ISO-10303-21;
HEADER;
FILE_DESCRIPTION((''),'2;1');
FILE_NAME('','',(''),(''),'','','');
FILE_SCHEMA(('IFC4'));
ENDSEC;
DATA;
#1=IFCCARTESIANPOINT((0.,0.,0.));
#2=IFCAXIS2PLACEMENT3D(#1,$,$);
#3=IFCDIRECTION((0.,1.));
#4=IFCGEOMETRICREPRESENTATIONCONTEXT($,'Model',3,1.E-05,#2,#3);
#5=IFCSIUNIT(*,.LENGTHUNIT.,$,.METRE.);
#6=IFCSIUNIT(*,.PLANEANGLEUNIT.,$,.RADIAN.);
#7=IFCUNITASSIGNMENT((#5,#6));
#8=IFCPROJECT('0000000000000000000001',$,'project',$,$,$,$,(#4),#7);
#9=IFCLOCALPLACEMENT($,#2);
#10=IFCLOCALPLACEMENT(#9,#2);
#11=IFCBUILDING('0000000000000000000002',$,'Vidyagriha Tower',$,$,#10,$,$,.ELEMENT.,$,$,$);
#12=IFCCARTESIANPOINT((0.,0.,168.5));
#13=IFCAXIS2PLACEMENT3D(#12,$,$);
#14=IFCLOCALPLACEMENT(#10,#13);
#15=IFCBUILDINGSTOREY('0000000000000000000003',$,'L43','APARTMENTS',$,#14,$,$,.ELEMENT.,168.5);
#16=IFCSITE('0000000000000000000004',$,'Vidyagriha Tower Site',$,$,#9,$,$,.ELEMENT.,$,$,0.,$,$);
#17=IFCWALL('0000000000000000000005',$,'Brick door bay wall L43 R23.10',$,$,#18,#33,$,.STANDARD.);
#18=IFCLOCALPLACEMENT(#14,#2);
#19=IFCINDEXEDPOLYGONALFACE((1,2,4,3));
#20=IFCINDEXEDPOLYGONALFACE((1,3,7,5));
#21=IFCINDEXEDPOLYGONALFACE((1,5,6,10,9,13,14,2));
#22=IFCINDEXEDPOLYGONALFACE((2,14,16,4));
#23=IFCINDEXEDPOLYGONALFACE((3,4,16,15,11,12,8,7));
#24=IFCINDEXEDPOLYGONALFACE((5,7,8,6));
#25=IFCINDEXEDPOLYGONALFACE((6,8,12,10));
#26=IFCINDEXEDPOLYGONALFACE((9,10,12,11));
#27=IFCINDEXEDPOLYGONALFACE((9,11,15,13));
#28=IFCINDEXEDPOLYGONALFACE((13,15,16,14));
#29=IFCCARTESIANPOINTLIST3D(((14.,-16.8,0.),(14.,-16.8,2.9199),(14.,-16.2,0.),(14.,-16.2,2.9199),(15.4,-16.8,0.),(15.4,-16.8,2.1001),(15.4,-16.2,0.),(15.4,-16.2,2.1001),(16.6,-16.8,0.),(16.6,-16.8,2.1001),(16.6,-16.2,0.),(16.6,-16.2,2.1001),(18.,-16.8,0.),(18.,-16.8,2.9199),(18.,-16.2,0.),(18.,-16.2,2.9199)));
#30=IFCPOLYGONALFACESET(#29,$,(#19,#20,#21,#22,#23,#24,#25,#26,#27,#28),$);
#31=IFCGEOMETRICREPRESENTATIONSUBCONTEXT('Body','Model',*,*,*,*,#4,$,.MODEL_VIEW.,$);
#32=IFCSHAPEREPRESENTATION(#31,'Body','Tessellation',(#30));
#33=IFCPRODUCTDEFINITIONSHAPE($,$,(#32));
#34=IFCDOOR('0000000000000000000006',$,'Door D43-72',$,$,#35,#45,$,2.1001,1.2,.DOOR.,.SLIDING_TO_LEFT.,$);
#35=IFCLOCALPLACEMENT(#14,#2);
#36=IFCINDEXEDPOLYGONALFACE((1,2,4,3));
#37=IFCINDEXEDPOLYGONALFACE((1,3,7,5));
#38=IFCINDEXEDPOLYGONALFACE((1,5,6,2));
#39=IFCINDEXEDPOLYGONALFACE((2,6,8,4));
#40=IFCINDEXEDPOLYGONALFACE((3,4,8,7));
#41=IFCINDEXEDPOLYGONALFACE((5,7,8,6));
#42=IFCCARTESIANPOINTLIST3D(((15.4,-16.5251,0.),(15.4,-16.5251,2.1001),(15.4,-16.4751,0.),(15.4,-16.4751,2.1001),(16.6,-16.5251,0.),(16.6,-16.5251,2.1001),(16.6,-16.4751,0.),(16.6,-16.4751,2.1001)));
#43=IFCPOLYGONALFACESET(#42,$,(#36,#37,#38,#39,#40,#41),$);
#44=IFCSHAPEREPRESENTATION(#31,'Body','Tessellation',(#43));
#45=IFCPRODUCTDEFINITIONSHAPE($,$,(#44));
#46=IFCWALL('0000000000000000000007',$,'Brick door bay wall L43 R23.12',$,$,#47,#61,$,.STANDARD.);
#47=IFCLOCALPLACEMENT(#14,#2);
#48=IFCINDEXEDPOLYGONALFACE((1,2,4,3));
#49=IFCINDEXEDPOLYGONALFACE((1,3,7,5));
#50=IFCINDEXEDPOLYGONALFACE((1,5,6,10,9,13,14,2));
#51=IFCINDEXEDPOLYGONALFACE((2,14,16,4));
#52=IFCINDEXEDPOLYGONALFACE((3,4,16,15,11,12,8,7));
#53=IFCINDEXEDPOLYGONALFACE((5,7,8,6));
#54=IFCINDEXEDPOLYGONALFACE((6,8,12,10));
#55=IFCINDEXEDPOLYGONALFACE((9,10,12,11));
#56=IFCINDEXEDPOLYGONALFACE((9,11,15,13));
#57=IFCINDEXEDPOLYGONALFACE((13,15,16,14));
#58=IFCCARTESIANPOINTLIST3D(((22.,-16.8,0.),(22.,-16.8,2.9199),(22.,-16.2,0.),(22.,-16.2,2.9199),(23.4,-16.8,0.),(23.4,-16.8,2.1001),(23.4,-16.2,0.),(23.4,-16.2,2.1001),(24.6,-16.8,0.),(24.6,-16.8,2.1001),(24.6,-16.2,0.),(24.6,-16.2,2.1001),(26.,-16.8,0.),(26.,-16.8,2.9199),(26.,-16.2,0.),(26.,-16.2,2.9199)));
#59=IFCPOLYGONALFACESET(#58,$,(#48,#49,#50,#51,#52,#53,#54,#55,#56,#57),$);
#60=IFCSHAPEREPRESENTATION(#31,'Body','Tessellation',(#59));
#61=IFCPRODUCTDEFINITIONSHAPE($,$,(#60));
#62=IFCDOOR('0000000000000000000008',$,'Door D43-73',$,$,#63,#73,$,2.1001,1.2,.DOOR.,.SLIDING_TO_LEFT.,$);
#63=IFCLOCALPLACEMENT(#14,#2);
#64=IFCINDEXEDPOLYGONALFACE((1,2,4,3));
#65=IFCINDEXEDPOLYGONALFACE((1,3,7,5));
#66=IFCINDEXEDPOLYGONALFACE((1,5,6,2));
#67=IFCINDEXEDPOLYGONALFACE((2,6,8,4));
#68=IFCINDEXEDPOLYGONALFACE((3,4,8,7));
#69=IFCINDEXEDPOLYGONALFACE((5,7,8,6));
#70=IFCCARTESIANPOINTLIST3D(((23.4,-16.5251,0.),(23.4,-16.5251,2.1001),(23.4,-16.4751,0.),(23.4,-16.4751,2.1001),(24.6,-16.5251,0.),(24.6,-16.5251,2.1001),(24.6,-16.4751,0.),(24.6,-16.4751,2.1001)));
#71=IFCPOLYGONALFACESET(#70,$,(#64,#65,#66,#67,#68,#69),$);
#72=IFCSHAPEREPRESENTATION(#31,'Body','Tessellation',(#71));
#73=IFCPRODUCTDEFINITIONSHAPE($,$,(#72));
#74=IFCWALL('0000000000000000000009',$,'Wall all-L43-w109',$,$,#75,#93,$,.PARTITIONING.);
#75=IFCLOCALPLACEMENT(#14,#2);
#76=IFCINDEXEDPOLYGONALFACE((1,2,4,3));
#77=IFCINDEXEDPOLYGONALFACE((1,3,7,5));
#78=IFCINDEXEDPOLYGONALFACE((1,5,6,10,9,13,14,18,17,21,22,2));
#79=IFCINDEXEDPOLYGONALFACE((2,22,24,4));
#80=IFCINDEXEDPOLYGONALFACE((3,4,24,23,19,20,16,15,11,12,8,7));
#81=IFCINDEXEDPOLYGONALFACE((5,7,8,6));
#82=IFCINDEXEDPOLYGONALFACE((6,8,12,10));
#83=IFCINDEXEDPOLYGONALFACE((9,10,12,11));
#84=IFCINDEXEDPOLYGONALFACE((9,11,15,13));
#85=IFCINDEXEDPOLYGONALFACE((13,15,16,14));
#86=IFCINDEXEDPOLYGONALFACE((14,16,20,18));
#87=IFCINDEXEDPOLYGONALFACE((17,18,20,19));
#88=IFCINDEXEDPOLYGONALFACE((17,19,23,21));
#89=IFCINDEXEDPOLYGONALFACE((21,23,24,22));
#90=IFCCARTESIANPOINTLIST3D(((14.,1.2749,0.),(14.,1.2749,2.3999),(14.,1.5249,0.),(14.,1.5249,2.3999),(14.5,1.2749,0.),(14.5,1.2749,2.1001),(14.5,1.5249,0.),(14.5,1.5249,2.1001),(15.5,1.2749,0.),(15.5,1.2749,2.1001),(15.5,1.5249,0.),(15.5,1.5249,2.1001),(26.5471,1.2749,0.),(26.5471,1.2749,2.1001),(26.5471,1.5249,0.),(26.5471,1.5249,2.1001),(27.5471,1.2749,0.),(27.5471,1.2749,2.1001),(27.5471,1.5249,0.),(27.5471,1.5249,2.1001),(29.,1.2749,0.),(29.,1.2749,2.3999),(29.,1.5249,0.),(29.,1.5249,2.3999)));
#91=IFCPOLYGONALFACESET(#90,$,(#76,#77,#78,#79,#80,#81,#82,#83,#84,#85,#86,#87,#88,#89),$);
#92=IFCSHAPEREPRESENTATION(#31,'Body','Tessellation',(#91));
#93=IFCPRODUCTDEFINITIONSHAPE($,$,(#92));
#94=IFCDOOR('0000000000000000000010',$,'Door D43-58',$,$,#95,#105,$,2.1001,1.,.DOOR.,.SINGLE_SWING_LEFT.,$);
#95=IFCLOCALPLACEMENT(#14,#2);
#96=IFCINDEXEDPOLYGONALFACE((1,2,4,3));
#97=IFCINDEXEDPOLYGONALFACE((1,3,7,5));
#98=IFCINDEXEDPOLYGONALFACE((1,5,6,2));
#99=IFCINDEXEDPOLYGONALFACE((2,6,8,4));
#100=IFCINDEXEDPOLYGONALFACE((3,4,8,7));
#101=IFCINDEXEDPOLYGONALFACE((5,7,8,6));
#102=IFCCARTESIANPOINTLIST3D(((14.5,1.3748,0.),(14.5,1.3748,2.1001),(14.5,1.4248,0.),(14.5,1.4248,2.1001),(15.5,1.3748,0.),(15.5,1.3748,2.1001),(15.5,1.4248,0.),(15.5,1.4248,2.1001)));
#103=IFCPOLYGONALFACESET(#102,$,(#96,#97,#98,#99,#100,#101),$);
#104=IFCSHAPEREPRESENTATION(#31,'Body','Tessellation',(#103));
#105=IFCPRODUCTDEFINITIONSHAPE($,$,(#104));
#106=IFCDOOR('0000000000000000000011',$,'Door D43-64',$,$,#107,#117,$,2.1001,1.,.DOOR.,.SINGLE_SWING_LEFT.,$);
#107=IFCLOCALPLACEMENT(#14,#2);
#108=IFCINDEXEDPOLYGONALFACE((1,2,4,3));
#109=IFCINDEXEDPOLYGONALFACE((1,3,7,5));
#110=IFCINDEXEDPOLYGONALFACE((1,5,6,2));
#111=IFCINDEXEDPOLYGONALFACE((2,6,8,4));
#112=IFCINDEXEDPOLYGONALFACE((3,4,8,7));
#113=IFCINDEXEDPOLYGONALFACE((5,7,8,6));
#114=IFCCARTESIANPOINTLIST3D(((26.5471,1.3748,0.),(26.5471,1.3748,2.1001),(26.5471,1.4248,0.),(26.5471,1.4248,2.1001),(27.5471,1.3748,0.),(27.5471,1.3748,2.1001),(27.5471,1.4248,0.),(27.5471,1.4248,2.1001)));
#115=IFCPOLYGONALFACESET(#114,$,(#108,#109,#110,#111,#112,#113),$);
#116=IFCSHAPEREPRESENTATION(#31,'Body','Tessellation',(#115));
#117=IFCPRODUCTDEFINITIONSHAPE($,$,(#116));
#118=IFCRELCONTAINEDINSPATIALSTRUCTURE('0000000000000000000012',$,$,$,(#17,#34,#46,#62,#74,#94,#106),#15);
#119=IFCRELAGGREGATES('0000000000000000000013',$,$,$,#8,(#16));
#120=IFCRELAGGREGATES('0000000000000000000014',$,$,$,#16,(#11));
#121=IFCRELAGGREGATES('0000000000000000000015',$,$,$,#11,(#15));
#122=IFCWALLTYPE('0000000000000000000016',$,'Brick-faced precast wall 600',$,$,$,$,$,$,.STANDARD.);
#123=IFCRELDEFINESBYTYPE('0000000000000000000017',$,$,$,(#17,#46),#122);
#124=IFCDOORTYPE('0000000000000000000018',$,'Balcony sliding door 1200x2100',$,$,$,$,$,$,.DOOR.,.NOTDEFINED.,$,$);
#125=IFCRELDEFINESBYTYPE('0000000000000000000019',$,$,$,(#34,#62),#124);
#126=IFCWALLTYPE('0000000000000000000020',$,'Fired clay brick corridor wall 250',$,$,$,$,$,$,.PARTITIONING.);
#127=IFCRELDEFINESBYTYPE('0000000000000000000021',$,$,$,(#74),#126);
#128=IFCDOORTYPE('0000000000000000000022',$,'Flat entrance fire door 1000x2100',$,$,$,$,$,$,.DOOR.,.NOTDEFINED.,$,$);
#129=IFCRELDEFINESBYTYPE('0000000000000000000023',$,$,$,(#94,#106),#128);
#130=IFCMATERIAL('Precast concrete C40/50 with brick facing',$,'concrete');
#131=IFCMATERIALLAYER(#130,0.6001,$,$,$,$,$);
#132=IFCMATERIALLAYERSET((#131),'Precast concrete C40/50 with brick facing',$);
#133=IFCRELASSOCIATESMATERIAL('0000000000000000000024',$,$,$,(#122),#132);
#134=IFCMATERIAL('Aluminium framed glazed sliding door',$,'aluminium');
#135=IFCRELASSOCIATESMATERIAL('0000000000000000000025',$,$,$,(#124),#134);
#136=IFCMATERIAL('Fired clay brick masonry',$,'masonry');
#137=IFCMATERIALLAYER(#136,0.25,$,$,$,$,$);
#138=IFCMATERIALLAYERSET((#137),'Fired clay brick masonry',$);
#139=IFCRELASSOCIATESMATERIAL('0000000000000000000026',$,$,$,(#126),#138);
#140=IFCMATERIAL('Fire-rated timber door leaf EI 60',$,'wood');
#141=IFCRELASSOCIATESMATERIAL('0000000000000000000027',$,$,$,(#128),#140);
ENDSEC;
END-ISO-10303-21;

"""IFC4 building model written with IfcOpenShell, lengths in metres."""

from ifc_helpers import new_model, si_unit, direction, frame, frame_2d, origin, place, context, subcontext, project, spatial, rectangle, extrude, material, layer, layer_set, type_object, element, fill, save


model = new_model("IFC4")

# Units and contexts
model_context = context("Model", 3, precision=1e-05, world=origin(), true_north=direction((0.0, 1.0)))
body_context = subcontext(model_context, "Body", "Model", "MODEL_VIEW")
ifc_project = project(units=[si_unit("LENGTHUNIT", "METRE"), si_unit("PLANEANGLEUNIT", "RADIAN")], contexts=[model_context])

# Site, building, storey
site_placement = place(None, origin())
site = spatial("IfcSite", under=ifc_project, at=site_placement, Name="Vidyagriha Tower Site", CompositionType="ELEMENT", RefElevation=0.0)
building_placement = place(site_placement, origin())
building = spatial("IfcBuilding", under=site, at=building_placement, Name="Vidyagriha Tower", CompositionType="ELEMENT")
storey_placement = place(building_placement, frame((0.0, 0.0, 168.5)))
storey = spatial("IfcBuildingStorey", under=building, at=storey_placement, Name="L43", Description="APARTMENTS", CompositionType="ELEMENT", Elevation=168.5)

# Walls, openings, doors
ifc_material_1 = material(Name="Precast concrete C40/50 with brick facing", Category="concrete")
ifc_layer_1 = layer(ifc_material_1, 0.6001)
ifc_layer_set_1 = layer_set([ifc_layer_1], Name="Precast concrete C40/50 with brick facing")
wall_type_1 = type_object("IfcWallType", Name="Brick-faced precast wall 600", PredefinedType="STANDARD", material=ifc_layer_set_1)
wall_1_placement = place(storey_placement, frame((14.0, -16.5, 0.0)))
wall_1 = element("IfcWall", 1, at=wall_1_placement, inside=storey, type_object=wall_type_1, Name="Brick door bay wall L43 R23.10", PredefinedType="STANDARD", context=body_context, shape_type="SweptSolid", body=[
    extrude(rectangle(XDim=4.0, YDim=0.6001, at=frame_2d((2.0, 0.0))), origin(), (0.0, 0.0, 1.0), 2.9199),
])
opening_1_placement = place(wall_1_placement, frame((1.3999, 0.0, 0.0)))
opening_1 = element("IfcOpeningElement", 2, at=opening_1_placement, cuts=wall_1, PredefinedType="OPENING", context=body_context, shape_type="SweptSolid", body=[
    extrude(rectangle(XDim=1.2, YDim=2.1001, at=frame_2d((0.6001, 1.05))), frame((0.0, 0.3101, 0.0), z_axis=(0.0, -1.0, 0.0), x_axis=(1.0, 0.0, 0.0)), (0.0, 0.0, 1.0), 0.6201),
])
ifc_material_2 = material(Name="Aluminium framed glazed sliding door", Category="aluminium")
door_type_1 = type_object("IfcDoorType", Name="Balcony sliding door 1200x2100", OperationType="NOTDEFINED", PredefinedType="DOOR", material=ifc_material_2)
door_1_placement = place(opening_1_placement, origin())
door_1 = element("IfcDoor", 3, at=door_1_placement, inside=storey, type_object=door_type_1, Name="Door D43-72", OperationType="SLIDING_TO_LEFT", OverallHeight=2.1001, OverallWidth=1.2, PredefinedType="DOOR", context=body_context, shape_type="SweptSolid", body=[
    extrude(rectangle(XDim=1.2, YDim=2.1001, at=frame_2d((0.6001, 1.05))), frame((0.0, 0.0249, 0.0), z_axis=(0.0, -1.0, 0.0), x_axis=(1.0, 0.0, 0.0)), (0.0, 0.0, 1.0), 0.05),
])
fill(opening_1, door_1)
wall_2_placement = place(storey_placement, frame((22.0, -16.5, 0.0)))
wall_2 = element("IfcWall", 4, at=wall_2_placement, inside=storey, type_object=wall_type_1, Name="Brick door bay wall L43 R23.12", PredefinedType="STANDARD", context=body_context, shape_type="SweptSolid", body=[
    extrude(rectangle(XDim=4.0, YDim=0.6001, at=frame_2d((2.0, 0.0))), origin(), (0.0, 0.0, 1.0), 2.9199),
])
opening_2_placement = place(wall_2_placement, frame((1.3999, 0.0, 0.0)))
opening_2 = element("IfcOpeningElement", 5, at=opening_2_placement, cuts=wall_2, PredefinedType="OPENING", context=body_context, shape_type="SweptSolid", body=[
    extrude(rectangle(XDim=1.2, YDim=2.1001, at=frame_2d((0.6001, 1.05))), frame((0.0, 0.3101, 0.0), z_axis=(0.0, -1.0, 0.0), x_axis=(1.0, 0.0, 0.0)), (0.0, 0.0, 1.0), 0.6201),
])
door_2_placement = place(opening_2_placement, origin())
door_2 = element("IfcDoor", 6, at=door_2_placement, inside=storey, type_object=door_type_1, Name="Door D43-73", OperationType="SLIDING_TO_LEFT", OverallHeight=2.1001, OverallWidth=1.2, PredefinedType="DOOR", context=body_context, shape_type="SweptSolid", body=[
    extrude(rectangle(XDim=1.2, YDim=2.1001, at=frame_2d((0.6001, 1.05))), frame((0.0, 0.0249, 0.0), z_axis=(0.0, -1.0, 0.0), x_axis=(1.0, 0.0, 0.0)), (0.0, 0.0, 1.0), 0.05),
])
fill(opening_2, door_2)

# Wall, openings, doors
ifc_material_3 = material(Name="Fired clay brick masonry", Category="masonry")
ifc_layer_2 = layer(ifc_material_3, 0.25)
ifc_layer_set_2 = layer_set([ifc_layer_2], Name="Fired clay brick masonry")
wall_type_2 = type_object("IfcWallType", Name="Fired clay brick corridor wall 250", PredefinedType="PARTITIONING", material=ifc_layer_set_2)
wall_3_placement = place(storey_placement, frame((14.0, 1.3999, 0.0)))
wall_3 = element("IfcWall", 7, at=wall_3_placement, inside=storey, type_object=wall_type_2, Name="Wall all-L43-w109", PredefinedType="PARTITIONING", context=body_context, shape_type="SweptSolid", body=[
    extrude(rectangle(XDim=15.0, YDim=0.25, at=frame_2d((7.5, 0.0))), origin(), (0.0, 0.0, 1.0), 2.3999),
])
opening_3_placement = place(wall_3_placement, frame((0.5, 0.0, 0.0)))
opening_3 = element("IfcOpeningElement", 8, at=opening_3_placement, cuts=wall_3, PredefinedType="OPENING", context=body_context, shape_type="SweptSolid", body=[
    extrude(rectangle(XDim=1.0, YDim=2.1001, at=frame_2d((0.5, 1.05))), frame((0.0, 0.135, 0.0), z_axis=(0.0, -1.0, 0.0), x_axis=(1.0, 0.0, 0.0)), (0.0, 0.0, 1.0), 0.27),
])
opening_4_placement = place(wall_3_placement, frame((12.5471, 0.0, 0.0)))
opening_4 = element("IfcOpeningElement", 9, at=opening_4_placement, cuts=wall_3, PredefinedType="OPENING", context=body_context, shape_type="SweptSolid", body=[
    extrude(rectangle(XDim=1.0, YDim=2.1001, at=frame_2d((0.5, 1.05))), frame((0.0, 0.135, 0.0), z_axis=(0.0, -1.0, 0.0), x_axis=(1.0, 0.0, 0.0)), (0.0, 0.0, 1.0), 0.27),
])
ifc_material_4 = material(Name="Fire-rated timber door leaf EI 60", Category="wood")
door_type_2 = type_object("IfcDoorType", Name="Flat entrance fire door 1000x2100", OperationType="NOTDEFINED", PredefinedType="DOOR", material=ifc_material_4)
door_3_placement = place(opening_3_placement, origin())
door_3 = element("IfcDoor", 10, at=door_3_placement, inside=storey, type_object=door_type_2, Name="Door D43-58", OperationType="SINGLE_SWING_LEFT", OverallHeight=2.1001, OverallWidth=1.0, PredefinedType="DOOR", context=body_context, shape_type="SweptSolid", body=[
    extrude(rectangle(XDim=1.0, YDim=2.1001, at=frame_2d((0.5, 1.05))), frame((0.0, 0.0249, 0.0), z_axis=(0.0, -1.0, 0.0), x_axis=(1.0, 0.0, 0.0)), (0.0, 0.0, 1.0), 0.05),
])
fill(opening_3, door_3)
door_4_placement = place(opening_4_placement, origin())
door_4 = element("IfcDoor", 11, at=door_4_placement, inside=storey, type_object=door_type_2, Name="Door D43-64", OperationType="SINGLE_SWING_LEFT", OverallHeight=2.1001, OverallWidth=1.0, PredefinedType="DOOR", context=body_context, shape_type="SweptSolid", body=[
    extrude(rectangle(XDim=1.0, YDim=2.1001, at=frame_2d((0.5, 1.05))), frame((0.0, 0.0249, 0.0), z_axis=(0.0, -1.0, 0.0), x_axis=(1.0, 0.0, 0.0)), (0.0, 0.0, 1.0), 0.05),
])
fill(opening_4, door_4)

save(model, "model.ifc")
